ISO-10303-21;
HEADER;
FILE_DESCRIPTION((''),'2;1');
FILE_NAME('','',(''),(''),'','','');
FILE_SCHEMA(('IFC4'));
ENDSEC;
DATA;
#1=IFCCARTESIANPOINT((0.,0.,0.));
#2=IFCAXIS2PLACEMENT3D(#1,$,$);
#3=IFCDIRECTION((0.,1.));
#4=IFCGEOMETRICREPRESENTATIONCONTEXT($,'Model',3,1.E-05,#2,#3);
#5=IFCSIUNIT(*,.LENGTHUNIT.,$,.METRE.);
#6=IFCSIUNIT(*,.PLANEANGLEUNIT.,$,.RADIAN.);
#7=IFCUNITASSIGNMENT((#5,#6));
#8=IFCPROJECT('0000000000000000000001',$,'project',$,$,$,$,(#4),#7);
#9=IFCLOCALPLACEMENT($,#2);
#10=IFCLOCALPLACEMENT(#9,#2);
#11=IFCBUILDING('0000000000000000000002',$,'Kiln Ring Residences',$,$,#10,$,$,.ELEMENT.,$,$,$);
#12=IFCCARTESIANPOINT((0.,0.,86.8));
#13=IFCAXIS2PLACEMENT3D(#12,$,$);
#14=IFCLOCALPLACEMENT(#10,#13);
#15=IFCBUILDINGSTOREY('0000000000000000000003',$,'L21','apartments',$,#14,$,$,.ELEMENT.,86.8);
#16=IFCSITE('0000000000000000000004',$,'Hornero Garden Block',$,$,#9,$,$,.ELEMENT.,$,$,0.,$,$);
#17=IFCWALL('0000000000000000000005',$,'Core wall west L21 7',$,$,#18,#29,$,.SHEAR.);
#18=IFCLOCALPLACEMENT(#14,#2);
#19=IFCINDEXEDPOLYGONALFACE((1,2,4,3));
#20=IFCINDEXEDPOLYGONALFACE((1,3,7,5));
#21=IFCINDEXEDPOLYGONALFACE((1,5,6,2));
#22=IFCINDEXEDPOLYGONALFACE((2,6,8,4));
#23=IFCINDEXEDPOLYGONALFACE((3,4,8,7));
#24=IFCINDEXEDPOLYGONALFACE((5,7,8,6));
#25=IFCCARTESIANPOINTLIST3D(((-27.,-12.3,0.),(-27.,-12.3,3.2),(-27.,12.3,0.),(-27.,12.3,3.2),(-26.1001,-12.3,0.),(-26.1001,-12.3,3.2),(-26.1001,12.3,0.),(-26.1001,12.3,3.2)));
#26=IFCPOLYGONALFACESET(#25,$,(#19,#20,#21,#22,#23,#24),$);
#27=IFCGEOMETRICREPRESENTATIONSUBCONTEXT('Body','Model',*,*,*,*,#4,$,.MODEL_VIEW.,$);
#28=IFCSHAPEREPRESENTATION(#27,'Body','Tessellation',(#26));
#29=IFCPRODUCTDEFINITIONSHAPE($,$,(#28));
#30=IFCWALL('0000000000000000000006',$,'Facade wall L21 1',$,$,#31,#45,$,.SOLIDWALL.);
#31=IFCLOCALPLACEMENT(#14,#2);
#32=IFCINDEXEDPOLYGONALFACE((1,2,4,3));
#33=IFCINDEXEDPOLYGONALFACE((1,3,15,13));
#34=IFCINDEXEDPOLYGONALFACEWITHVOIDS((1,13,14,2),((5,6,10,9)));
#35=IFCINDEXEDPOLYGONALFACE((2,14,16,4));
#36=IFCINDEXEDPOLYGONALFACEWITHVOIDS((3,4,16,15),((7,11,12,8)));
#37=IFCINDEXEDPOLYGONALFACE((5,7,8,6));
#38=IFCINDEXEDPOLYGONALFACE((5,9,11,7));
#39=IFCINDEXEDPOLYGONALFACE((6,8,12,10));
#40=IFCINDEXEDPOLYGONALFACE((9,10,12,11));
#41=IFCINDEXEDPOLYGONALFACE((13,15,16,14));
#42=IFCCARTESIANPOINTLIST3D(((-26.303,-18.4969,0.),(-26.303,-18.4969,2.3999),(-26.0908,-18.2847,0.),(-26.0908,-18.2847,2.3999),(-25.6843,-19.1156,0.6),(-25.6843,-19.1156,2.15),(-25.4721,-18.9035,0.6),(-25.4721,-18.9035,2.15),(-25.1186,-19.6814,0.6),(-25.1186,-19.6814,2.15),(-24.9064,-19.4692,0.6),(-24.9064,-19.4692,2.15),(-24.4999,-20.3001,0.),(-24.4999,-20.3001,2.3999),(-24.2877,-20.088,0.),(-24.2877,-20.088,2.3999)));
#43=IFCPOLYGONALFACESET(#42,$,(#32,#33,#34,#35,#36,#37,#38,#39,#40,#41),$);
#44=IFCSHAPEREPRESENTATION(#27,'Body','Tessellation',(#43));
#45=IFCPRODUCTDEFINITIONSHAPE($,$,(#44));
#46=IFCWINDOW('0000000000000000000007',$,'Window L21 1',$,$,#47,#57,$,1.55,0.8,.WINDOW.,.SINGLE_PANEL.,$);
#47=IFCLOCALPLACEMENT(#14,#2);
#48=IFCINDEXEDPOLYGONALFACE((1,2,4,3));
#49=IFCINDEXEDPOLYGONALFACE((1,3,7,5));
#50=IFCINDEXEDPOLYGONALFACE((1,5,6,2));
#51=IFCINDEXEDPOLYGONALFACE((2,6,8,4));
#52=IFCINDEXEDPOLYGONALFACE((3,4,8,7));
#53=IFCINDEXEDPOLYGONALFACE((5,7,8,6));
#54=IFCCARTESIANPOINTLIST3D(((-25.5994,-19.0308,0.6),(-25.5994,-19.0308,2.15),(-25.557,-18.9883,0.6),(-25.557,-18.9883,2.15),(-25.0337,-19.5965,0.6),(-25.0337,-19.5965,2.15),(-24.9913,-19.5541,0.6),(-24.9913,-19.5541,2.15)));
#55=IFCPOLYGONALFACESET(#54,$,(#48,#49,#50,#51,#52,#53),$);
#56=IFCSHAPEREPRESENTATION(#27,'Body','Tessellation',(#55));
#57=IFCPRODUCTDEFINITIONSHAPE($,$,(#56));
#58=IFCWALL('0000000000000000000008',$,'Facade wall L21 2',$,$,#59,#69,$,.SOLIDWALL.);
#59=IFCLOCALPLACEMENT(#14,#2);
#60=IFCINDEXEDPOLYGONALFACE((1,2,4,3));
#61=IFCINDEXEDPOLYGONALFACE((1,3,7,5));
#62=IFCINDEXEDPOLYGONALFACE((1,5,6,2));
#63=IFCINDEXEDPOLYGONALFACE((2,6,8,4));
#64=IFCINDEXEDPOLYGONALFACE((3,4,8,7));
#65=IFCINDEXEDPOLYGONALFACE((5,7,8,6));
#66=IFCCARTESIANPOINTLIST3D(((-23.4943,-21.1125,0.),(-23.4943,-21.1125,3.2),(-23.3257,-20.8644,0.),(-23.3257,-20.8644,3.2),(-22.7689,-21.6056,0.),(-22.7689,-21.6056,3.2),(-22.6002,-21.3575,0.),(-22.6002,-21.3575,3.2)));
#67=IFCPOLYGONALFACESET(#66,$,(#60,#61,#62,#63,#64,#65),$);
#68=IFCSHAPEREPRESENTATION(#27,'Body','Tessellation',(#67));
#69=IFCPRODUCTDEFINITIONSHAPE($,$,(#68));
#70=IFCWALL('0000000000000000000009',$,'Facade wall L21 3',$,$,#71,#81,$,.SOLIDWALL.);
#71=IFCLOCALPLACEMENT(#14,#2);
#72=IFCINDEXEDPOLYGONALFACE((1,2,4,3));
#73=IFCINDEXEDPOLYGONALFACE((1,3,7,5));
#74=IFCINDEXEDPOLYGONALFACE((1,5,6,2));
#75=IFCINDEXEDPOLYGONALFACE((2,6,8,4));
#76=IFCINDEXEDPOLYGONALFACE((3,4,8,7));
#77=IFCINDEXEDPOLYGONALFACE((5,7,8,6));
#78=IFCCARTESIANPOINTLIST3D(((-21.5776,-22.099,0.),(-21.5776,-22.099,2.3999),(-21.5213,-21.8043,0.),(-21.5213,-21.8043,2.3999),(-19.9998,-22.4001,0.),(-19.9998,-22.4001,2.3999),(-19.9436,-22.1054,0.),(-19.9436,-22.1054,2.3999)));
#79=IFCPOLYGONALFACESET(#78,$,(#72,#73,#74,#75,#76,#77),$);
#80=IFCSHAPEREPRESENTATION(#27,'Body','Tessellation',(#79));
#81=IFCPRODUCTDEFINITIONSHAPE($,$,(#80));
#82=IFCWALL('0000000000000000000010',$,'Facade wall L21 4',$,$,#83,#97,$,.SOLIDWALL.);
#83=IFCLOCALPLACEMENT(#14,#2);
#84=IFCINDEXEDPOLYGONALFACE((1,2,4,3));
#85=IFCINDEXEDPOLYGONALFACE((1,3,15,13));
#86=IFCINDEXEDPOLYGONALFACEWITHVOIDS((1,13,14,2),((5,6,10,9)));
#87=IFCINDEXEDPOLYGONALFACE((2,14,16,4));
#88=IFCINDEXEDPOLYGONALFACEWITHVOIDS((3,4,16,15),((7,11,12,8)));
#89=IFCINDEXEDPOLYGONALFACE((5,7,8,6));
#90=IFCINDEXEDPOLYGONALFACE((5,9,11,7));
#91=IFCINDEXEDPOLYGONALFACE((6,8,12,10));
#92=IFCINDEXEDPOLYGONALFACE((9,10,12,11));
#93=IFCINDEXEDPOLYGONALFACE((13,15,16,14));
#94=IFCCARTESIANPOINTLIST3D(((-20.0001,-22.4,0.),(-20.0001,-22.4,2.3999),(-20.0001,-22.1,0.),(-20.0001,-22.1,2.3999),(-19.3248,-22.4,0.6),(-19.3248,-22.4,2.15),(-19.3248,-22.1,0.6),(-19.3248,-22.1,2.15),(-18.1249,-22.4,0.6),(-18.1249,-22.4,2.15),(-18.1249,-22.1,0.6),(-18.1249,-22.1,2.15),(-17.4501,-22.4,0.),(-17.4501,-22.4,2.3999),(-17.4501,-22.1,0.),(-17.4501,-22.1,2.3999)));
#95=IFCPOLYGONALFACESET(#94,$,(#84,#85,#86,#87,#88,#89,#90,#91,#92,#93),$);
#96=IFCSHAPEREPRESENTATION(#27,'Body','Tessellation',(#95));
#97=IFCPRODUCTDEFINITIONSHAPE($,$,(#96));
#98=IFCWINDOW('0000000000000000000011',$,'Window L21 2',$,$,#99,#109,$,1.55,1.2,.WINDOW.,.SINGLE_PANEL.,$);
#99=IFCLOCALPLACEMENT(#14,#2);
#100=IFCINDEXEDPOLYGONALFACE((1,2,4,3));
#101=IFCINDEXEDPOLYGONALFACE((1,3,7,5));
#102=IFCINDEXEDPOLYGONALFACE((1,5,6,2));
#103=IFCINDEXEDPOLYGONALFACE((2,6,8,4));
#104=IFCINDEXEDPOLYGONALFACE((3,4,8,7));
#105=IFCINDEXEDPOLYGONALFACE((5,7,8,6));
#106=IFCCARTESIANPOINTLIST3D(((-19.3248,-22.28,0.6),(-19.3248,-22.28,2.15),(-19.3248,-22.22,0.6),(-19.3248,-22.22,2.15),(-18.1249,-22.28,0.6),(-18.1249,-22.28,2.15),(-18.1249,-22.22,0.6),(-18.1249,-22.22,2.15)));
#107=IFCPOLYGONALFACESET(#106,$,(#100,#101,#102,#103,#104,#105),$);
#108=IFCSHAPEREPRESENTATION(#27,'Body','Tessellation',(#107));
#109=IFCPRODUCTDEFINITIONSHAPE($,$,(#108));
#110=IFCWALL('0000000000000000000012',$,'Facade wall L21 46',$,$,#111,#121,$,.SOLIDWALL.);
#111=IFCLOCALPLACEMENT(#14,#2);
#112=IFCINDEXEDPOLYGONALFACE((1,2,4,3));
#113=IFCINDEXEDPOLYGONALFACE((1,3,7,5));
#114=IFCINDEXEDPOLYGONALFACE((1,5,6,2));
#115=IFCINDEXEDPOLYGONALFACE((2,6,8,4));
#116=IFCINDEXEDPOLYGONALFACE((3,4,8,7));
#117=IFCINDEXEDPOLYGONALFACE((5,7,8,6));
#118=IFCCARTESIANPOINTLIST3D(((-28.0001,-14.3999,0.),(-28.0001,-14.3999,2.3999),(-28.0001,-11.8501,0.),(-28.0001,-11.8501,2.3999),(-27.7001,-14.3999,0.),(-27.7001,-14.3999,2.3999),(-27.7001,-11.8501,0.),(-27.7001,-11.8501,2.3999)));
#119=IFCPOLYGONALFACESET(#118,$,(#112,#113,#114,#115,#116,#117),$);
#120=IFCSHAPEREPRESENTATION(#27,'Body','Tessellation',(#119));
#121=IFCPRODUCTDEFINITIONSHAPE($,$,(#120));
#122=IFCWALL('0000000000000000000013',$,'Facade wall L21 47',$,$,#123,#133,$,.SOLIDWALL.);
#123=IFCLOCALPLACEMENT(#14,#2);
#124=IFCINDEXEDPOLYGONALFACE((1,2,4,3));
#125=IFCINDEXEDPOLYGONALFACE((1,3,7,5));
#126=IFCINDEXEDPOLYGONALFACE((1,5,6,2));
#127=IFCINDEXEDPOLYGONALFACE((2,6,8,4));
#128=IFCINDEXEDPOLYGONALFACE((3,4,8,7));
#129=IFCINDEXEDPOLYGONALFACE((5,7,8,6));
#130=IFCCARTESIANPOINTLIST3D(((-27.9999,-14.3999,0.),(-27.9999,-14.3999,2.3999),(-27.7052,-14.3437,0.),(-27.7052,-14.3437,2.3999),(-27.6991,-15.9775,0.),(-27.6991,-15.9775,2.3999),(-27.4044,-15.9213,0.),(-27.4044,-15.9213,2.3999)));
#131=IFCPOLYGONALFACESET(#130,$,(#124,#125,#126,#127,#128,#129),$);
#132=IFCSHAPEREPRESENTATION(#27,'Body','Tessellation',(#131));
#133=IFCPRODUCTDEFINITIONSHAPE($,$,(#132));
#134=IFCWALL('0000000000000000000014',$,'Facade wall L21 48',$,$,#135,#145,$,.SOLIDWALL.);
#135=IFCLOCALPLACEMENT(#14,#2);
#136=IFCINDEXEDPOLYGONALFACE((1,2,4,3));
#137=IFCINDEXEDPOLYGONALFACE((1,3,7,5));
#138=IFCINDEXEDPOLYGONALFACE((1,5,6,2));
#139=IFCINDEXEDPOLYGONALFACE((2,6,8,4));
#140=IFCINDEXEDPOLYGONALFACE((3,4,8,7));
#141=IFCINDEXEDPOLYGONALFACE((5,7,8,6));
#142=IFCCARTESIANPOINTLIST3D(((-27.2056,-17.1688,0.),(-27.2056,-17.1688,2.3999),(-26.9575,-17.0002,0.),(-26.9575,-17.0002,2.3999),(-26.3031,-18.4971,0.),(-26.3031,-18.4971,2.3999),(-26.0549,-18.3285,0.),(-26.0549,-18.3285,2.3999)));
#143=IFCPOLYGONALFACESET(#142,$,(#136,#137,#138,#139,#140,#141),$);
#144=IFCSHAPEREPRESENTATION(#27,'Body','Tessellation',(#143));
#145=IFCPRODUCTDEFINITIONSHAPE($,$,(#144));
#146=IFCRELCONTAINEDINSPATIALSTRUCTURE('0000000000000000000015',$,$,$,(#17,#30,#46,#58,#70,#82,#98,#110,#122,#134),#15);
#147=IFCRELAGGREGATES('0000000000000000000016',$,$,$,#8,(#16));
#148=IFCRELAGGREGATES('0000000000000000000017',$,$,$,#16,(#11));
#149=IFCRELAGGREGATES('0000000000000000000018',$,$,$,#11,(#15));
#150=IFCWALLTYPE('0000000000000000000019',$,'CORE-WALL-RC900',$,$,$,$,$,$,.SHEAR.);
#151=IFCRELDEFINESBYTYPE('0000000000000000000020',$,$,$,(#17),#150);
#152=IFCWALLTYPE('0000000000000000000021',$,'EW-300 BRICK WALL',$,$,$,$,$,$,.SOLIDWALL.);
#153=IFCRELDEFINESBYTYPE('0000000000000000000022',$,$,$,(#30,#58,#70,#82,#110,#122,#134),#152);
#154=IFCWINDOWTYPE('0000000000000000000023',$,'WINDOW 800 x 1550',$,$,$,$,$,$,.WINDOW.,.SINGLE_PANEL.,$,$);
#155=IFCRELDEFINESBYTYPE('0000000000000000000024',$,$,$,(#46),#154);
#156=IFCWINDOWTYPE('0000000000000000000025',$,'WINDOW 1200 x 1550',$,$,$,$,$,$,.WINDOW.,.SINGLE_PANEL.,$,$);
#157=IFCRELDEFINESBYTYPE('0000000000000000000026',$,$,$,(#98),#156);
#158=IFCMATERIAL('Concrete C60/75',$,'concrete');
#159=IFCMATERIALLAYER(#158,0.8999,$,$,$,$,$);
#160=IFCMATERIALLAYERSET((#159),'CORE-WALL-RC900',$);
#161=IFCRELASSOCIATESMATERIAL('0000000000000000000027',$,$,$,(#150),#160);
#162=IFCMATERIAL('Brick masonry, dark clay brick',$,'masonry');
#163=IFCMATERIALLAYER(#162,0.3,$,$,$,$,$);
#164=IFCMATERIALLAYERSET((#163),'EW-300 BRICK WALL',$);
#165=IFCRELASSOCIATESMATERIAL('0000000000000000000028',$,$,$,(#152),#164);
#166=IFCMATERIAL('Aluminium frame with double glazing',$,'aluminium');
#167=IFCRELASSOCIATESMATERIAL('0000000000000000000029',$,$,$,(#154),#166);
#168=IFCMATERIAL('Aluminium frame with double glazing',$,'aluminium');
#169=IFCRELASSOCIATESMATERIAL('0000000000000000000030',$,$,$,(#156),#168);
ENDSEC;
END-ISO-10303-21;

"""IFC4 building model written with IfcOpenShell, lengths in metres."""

from ifc_helpers import new_model, si_unit, direction, frame, frame_2d, origin, place, context, subcontext, project, spatial, rectangle, extrude, material, layer, layer_set, type_object, element, fill, save


model = new_model("IFC4")

# Units and contexts
model_context = context("Model", 3, precision=1e-05, world=origin(), true_north=direction((0.0, 1.0)))
body_context = subcontext(model_context, "Body", "Model", "MODEL_VIEW")
ifc_project = project(units=[si_unit("LENGTHUNIT", "METRE"), si_unit("PLANEANGLEUNIT", "RADIAN")], contexts=[model_context])

# Site, building, storey
site_placement = place(None, origin())
site = spatial("IfcSite", under=ifc_project, at=site_placement, Name="Hornero Garden Block", CompositionType="ELEMENT", RefElevation=0.0)
building_placement = place(site_placement, origin())
building = spatial("IfcBuilding", under=site, at=building_placement, Name="Kiln Ring Residences", CompositionType="ELEMENT")
storey_placement = place(building_placement, frame((0.0, 0.0, 86.8)))
storey = spatial("IfcBuildingStorey", under=building, at=storey_placement, Name="L21", Description="apartments", CompositionType="ELEMENT", Elevation=86.8)

# Wall
ifc_material_1 = material(Name="Concrete C60/75", Category="concrete")
ifc_layer_1 = layer(ifc_material_1, 0.8999)
ifc_layer_set_1 = layer_set([ifc_layer_1], Name="CORE-WALL-RC900")
wall_type_1 = type_object("IfcWallType", Name="CORE-WALL-RC900", PredefinedType="SHEAR", material=ifc_layer_set_1)
wall_1_placement = place(storey_placement, frame((-26.55, -12.3, 0.0), z_axis=(0.0, 0.0, 1.0), x_axis=(0.0, 1.0, 0.0)))
element("IfcWall", 1, at=wall_1_placement, inside=storey, type_object=wall_type_1, Name="Core wall west L21 7", PredefinedType="SHEAR", context=body_context, shape_type="SweptSolid", body=[
    extrude(rectangle(XDim=24.6001, YDim=0.8999, at=frame_2d((12.3, 0.0))), origin(), (0.0, 0.0, 1.0), 3.2),
])

# Wall, opening, window
ifc_material_2 = material(Name="Brick masonry, dark clay brick", Category="masonry")
ifc_layer_2 = layer(ifc_material_2, 0.3)
ifc_layer_set_2 = layer_set([ifc_layer_2], Name="EW-300 BRICK WALL")
wall_type_2 = type_object("IfcWallType", Name="EW-300 BRICK WALL", PredefinedType="SOLIDWALL", material=ifc_layer_set_2)
wall_2_placement = place(storey_placement, frame((-26.1968, -18.3909, 0.0), z_axis=(0.0, 0.0, 1.0), x_axis=(0.707059, -0.707155, 0.0)))
wall_2 = element("IfcWall", 2, at=wall_2_placement, inside=storey, type_object=wall_type_2, Name="Facade wall L21 1", PredefinedType="SOLIDWALL", context=body_context, shape_type="SweptSolid", body=[
    extrude(rectangle(XDim=2.55, YDim=0.3, at=frame_2d((1.2749, 0.0))), origin(), (0.0, 0.0, 1.0), 2.3999),
])
opening_1_placement = place(wall_2_placement, frame((0.875, 0.0, 0.6001)))
opening_1 = element("IfcOpeningElement", 3, at=opening_1_placement, cuts=wall_2, PredefinedType="OPENING", context=body_context, shape_type="SweptSolid", body=[
    extrude(rectangle(XDim=0.8, YDim=1.55, at=frame_2d((0.3999, 0.7749))), frame((0.0, 0.1599, 0.0), z_axis=(0.0, -1.0, 0.0), x_axis=(1.0, 0.0, 0.0)), (0.0, 0.0, 1.0), 0.3201),
])
ifc_material_3 = material(Name="Aluminium frame with double glazing", Category="aluminium")
window_type_1 = type_object("IfcWindowType", Name="WINDOW 800 x 1550", PartitioningType="SINGLE_PANEL", PredefinedType="WINDOW", material=ifc_material_3)
window_1_placement = place(opening_1_placement, origin())
window_1 = element("IfcWindow", 4, at=window_1_placement, inside=storey, type_object=window_type_1, Name="Window L21 1", OverallHeight=1.55, OverallWidth=0.8, PartitioningType="SINGLE_PANEL", PredefinedType="WINDOW", context=body_context, shape_type="SweptSolid", body=[
    extrude(rectangle(XDim=0.8, YDim=1.55, at=frame_2d((0.3999, 0.7749))), frame((0.0, 0.03, 0.0), z_axis=(0.0, -1.0, 0.0), x_axis=(1.0, 0.0, 0.0)), (0.0, 0.0, 1.0), 0.0601),
])
fill(opening_1, window_1)

# Walls
wall_3_placement = place(storey_placement, frame((-23.4099, -20.9885, 0.0), z_axis=(0.0, 0.0, 1.0), x_axis=(0.827051, -0.562127, 0.0)))
element("IfcWall", 5, at=wall_3_placement, inside=storey, type_object=wall_type_2, Name="Facade wall L21 2", PredefinedType="SOLIDWALL", context=body_context, shape_type="SweptSolid", body=[
    extrude(rectangle(XDim=0.8772, YDim=0.3, at=frame_2d((0.4385, 0.0))), origin(), (0.0, 0.0, 1.0), 3.2),
])
wall_4_placement = place(storey_placement, frame((-21.5496, -21.9517, 0.0), z_axis=(0.0, 0.0, 1.0), x_axis=(0.982279, -0.187426, 0.0)))
element("IfcWall", 6, at=wall_4_placement, inside=storey, type_object=wall_type_2, Name="Facade wall L21 3", PredefinedType="SOLIDWALL", context=body_context, shape_type="SweptSolid", body=[
    extrude(rectangle(XDim=1.6062, YDim=0.3, at=frame_2d((0.8032, 0.0))), origin(), (0.0, 0.0, 1.0), 2.3999),
])

# Wall, opening, window
wall_5_placement = place(storey_placement, frame((-20.0, -22.25, 0.0), z_axis=(0.0, 0.0, 1.0), x_axis=(1.0, 0.0, 0.0)))
wall_5 = element("IfcWall", 7, at=wall_5_placement, inside=storey, type_object=wall_type_2, Name="Facade wall L21 4", PredefinedType="SOLIDWALL", context=body_context, shape_type="SweptSolid", body=[
    extrude(rectangle(XDim=2.55, YDim=0.3, at=frame_2d((1.2749, 0.0))), origin(), (0.0, 0.0, 1.0), 2.3999),
])
opening_2_placement = place(wall_5_placement, frame((0.675, 0.0, 0.6001)))
opening_2 = element("IfcOpeningElement", 8, at=opening_2_placement, cuts=wall_5, PredefinedType="OPENING", context=body_context, shape_type="SweptSolid", body=[
    extrude(rectangle(XDim=1.2, YDim=1.55, at=frame_2d((0.6001, 0.7749))), frame((0.0, 0.1599, 0.0), z_axis=(0.0, -1.0, 0.0), x_axis=(1.0, 0.0, 0.0)), (0.0, 0.0, 1.0), 0.3201),
])
ifc_material_4 = material(Name="Aluminium frame with double glazing", Category="aluminium")
window_type_2 = type_object("IfcWindowType", Name="WINDOW 1200 x 1550", PartitioningType="SINGLE_PANEL", PredefinedType="WINDOW", material=ifc_material_4)
window_2_placement = place(opening_2_placement, origin())
window_2 = element("IfcWindow", 9, at=window_2_placement, inside=storey, type_object=window_type_2, Name="Window L21 2", OverallHeight=1.55, OverallWidth=1.2, PartitioningType="SINGLE_PANEL", PredefinedType="WINDOW", context=body_context, shape_type="SweptSolid", body=[
    extrude(rectangle(XDim=1.2, YDim=1.55, at=frame_2d((0.6001, 0.7749))), frame((0.0, 0.03, 0.0), z_axis=(0.0, -1.0, 0.0), x_axis=(1.0, 0.0, 0.0)), (0.0, 0.0, 1.0), 0.0601),
])
fill(opening_2, window_2)

# Walls
wall_6_placement = place(storey_placement, frame((-27.8501, -11.8501, 0.0), z_axis=(0.0, 0.0, 1.0), x_axis=(0.0, -1.0, 0.0)))
element("IfcWall", 10, at=wall_6_placement, inside=storey, type_object=wall_type_2, Name="Facade wall L21 46", PredefinedType="SOLIDWALL", context=body_context, shape_type="SweptSolid", body=[
    extrude(rectangle(XDim=2.5498, YDim=0.3, at=frame_2d((1.2749, 0.0))), origin(), (0.0, 0.0, 1.0), 2.3999),
])
for number, where, z_axis, x_axis, name in (
    (11, (-27.8525, -14.3718, 0.0), (0.0, 0.0, 1.0), (0.18728, -0.982307, 0.0), "Facade wall L21 47"),
    (12, (-27.0815, -17.0845, 0.0), (0.0, 0.0, 1.0), (0.562011, -0.82713, 0.0), "Facade wall L21 48"),
):
    element("IfcWall", number, at=place(storey_placement, frame(where, z_axis=z_axis, x_axis=x_axis)), inside=storey, type_object=wall_type_2, Name=name, PredefinedType="SOLIDWALL", context=body_context, shape_type="SweptSolid", body=[
        extrude(rectangle(XDim=1.606, YDim=0.3, at=frame_2d((0.803, 0.0))), origin(), (0.0, 0.0, 1.0), 2.3999),
    ])

save(model, "model.ifc")
